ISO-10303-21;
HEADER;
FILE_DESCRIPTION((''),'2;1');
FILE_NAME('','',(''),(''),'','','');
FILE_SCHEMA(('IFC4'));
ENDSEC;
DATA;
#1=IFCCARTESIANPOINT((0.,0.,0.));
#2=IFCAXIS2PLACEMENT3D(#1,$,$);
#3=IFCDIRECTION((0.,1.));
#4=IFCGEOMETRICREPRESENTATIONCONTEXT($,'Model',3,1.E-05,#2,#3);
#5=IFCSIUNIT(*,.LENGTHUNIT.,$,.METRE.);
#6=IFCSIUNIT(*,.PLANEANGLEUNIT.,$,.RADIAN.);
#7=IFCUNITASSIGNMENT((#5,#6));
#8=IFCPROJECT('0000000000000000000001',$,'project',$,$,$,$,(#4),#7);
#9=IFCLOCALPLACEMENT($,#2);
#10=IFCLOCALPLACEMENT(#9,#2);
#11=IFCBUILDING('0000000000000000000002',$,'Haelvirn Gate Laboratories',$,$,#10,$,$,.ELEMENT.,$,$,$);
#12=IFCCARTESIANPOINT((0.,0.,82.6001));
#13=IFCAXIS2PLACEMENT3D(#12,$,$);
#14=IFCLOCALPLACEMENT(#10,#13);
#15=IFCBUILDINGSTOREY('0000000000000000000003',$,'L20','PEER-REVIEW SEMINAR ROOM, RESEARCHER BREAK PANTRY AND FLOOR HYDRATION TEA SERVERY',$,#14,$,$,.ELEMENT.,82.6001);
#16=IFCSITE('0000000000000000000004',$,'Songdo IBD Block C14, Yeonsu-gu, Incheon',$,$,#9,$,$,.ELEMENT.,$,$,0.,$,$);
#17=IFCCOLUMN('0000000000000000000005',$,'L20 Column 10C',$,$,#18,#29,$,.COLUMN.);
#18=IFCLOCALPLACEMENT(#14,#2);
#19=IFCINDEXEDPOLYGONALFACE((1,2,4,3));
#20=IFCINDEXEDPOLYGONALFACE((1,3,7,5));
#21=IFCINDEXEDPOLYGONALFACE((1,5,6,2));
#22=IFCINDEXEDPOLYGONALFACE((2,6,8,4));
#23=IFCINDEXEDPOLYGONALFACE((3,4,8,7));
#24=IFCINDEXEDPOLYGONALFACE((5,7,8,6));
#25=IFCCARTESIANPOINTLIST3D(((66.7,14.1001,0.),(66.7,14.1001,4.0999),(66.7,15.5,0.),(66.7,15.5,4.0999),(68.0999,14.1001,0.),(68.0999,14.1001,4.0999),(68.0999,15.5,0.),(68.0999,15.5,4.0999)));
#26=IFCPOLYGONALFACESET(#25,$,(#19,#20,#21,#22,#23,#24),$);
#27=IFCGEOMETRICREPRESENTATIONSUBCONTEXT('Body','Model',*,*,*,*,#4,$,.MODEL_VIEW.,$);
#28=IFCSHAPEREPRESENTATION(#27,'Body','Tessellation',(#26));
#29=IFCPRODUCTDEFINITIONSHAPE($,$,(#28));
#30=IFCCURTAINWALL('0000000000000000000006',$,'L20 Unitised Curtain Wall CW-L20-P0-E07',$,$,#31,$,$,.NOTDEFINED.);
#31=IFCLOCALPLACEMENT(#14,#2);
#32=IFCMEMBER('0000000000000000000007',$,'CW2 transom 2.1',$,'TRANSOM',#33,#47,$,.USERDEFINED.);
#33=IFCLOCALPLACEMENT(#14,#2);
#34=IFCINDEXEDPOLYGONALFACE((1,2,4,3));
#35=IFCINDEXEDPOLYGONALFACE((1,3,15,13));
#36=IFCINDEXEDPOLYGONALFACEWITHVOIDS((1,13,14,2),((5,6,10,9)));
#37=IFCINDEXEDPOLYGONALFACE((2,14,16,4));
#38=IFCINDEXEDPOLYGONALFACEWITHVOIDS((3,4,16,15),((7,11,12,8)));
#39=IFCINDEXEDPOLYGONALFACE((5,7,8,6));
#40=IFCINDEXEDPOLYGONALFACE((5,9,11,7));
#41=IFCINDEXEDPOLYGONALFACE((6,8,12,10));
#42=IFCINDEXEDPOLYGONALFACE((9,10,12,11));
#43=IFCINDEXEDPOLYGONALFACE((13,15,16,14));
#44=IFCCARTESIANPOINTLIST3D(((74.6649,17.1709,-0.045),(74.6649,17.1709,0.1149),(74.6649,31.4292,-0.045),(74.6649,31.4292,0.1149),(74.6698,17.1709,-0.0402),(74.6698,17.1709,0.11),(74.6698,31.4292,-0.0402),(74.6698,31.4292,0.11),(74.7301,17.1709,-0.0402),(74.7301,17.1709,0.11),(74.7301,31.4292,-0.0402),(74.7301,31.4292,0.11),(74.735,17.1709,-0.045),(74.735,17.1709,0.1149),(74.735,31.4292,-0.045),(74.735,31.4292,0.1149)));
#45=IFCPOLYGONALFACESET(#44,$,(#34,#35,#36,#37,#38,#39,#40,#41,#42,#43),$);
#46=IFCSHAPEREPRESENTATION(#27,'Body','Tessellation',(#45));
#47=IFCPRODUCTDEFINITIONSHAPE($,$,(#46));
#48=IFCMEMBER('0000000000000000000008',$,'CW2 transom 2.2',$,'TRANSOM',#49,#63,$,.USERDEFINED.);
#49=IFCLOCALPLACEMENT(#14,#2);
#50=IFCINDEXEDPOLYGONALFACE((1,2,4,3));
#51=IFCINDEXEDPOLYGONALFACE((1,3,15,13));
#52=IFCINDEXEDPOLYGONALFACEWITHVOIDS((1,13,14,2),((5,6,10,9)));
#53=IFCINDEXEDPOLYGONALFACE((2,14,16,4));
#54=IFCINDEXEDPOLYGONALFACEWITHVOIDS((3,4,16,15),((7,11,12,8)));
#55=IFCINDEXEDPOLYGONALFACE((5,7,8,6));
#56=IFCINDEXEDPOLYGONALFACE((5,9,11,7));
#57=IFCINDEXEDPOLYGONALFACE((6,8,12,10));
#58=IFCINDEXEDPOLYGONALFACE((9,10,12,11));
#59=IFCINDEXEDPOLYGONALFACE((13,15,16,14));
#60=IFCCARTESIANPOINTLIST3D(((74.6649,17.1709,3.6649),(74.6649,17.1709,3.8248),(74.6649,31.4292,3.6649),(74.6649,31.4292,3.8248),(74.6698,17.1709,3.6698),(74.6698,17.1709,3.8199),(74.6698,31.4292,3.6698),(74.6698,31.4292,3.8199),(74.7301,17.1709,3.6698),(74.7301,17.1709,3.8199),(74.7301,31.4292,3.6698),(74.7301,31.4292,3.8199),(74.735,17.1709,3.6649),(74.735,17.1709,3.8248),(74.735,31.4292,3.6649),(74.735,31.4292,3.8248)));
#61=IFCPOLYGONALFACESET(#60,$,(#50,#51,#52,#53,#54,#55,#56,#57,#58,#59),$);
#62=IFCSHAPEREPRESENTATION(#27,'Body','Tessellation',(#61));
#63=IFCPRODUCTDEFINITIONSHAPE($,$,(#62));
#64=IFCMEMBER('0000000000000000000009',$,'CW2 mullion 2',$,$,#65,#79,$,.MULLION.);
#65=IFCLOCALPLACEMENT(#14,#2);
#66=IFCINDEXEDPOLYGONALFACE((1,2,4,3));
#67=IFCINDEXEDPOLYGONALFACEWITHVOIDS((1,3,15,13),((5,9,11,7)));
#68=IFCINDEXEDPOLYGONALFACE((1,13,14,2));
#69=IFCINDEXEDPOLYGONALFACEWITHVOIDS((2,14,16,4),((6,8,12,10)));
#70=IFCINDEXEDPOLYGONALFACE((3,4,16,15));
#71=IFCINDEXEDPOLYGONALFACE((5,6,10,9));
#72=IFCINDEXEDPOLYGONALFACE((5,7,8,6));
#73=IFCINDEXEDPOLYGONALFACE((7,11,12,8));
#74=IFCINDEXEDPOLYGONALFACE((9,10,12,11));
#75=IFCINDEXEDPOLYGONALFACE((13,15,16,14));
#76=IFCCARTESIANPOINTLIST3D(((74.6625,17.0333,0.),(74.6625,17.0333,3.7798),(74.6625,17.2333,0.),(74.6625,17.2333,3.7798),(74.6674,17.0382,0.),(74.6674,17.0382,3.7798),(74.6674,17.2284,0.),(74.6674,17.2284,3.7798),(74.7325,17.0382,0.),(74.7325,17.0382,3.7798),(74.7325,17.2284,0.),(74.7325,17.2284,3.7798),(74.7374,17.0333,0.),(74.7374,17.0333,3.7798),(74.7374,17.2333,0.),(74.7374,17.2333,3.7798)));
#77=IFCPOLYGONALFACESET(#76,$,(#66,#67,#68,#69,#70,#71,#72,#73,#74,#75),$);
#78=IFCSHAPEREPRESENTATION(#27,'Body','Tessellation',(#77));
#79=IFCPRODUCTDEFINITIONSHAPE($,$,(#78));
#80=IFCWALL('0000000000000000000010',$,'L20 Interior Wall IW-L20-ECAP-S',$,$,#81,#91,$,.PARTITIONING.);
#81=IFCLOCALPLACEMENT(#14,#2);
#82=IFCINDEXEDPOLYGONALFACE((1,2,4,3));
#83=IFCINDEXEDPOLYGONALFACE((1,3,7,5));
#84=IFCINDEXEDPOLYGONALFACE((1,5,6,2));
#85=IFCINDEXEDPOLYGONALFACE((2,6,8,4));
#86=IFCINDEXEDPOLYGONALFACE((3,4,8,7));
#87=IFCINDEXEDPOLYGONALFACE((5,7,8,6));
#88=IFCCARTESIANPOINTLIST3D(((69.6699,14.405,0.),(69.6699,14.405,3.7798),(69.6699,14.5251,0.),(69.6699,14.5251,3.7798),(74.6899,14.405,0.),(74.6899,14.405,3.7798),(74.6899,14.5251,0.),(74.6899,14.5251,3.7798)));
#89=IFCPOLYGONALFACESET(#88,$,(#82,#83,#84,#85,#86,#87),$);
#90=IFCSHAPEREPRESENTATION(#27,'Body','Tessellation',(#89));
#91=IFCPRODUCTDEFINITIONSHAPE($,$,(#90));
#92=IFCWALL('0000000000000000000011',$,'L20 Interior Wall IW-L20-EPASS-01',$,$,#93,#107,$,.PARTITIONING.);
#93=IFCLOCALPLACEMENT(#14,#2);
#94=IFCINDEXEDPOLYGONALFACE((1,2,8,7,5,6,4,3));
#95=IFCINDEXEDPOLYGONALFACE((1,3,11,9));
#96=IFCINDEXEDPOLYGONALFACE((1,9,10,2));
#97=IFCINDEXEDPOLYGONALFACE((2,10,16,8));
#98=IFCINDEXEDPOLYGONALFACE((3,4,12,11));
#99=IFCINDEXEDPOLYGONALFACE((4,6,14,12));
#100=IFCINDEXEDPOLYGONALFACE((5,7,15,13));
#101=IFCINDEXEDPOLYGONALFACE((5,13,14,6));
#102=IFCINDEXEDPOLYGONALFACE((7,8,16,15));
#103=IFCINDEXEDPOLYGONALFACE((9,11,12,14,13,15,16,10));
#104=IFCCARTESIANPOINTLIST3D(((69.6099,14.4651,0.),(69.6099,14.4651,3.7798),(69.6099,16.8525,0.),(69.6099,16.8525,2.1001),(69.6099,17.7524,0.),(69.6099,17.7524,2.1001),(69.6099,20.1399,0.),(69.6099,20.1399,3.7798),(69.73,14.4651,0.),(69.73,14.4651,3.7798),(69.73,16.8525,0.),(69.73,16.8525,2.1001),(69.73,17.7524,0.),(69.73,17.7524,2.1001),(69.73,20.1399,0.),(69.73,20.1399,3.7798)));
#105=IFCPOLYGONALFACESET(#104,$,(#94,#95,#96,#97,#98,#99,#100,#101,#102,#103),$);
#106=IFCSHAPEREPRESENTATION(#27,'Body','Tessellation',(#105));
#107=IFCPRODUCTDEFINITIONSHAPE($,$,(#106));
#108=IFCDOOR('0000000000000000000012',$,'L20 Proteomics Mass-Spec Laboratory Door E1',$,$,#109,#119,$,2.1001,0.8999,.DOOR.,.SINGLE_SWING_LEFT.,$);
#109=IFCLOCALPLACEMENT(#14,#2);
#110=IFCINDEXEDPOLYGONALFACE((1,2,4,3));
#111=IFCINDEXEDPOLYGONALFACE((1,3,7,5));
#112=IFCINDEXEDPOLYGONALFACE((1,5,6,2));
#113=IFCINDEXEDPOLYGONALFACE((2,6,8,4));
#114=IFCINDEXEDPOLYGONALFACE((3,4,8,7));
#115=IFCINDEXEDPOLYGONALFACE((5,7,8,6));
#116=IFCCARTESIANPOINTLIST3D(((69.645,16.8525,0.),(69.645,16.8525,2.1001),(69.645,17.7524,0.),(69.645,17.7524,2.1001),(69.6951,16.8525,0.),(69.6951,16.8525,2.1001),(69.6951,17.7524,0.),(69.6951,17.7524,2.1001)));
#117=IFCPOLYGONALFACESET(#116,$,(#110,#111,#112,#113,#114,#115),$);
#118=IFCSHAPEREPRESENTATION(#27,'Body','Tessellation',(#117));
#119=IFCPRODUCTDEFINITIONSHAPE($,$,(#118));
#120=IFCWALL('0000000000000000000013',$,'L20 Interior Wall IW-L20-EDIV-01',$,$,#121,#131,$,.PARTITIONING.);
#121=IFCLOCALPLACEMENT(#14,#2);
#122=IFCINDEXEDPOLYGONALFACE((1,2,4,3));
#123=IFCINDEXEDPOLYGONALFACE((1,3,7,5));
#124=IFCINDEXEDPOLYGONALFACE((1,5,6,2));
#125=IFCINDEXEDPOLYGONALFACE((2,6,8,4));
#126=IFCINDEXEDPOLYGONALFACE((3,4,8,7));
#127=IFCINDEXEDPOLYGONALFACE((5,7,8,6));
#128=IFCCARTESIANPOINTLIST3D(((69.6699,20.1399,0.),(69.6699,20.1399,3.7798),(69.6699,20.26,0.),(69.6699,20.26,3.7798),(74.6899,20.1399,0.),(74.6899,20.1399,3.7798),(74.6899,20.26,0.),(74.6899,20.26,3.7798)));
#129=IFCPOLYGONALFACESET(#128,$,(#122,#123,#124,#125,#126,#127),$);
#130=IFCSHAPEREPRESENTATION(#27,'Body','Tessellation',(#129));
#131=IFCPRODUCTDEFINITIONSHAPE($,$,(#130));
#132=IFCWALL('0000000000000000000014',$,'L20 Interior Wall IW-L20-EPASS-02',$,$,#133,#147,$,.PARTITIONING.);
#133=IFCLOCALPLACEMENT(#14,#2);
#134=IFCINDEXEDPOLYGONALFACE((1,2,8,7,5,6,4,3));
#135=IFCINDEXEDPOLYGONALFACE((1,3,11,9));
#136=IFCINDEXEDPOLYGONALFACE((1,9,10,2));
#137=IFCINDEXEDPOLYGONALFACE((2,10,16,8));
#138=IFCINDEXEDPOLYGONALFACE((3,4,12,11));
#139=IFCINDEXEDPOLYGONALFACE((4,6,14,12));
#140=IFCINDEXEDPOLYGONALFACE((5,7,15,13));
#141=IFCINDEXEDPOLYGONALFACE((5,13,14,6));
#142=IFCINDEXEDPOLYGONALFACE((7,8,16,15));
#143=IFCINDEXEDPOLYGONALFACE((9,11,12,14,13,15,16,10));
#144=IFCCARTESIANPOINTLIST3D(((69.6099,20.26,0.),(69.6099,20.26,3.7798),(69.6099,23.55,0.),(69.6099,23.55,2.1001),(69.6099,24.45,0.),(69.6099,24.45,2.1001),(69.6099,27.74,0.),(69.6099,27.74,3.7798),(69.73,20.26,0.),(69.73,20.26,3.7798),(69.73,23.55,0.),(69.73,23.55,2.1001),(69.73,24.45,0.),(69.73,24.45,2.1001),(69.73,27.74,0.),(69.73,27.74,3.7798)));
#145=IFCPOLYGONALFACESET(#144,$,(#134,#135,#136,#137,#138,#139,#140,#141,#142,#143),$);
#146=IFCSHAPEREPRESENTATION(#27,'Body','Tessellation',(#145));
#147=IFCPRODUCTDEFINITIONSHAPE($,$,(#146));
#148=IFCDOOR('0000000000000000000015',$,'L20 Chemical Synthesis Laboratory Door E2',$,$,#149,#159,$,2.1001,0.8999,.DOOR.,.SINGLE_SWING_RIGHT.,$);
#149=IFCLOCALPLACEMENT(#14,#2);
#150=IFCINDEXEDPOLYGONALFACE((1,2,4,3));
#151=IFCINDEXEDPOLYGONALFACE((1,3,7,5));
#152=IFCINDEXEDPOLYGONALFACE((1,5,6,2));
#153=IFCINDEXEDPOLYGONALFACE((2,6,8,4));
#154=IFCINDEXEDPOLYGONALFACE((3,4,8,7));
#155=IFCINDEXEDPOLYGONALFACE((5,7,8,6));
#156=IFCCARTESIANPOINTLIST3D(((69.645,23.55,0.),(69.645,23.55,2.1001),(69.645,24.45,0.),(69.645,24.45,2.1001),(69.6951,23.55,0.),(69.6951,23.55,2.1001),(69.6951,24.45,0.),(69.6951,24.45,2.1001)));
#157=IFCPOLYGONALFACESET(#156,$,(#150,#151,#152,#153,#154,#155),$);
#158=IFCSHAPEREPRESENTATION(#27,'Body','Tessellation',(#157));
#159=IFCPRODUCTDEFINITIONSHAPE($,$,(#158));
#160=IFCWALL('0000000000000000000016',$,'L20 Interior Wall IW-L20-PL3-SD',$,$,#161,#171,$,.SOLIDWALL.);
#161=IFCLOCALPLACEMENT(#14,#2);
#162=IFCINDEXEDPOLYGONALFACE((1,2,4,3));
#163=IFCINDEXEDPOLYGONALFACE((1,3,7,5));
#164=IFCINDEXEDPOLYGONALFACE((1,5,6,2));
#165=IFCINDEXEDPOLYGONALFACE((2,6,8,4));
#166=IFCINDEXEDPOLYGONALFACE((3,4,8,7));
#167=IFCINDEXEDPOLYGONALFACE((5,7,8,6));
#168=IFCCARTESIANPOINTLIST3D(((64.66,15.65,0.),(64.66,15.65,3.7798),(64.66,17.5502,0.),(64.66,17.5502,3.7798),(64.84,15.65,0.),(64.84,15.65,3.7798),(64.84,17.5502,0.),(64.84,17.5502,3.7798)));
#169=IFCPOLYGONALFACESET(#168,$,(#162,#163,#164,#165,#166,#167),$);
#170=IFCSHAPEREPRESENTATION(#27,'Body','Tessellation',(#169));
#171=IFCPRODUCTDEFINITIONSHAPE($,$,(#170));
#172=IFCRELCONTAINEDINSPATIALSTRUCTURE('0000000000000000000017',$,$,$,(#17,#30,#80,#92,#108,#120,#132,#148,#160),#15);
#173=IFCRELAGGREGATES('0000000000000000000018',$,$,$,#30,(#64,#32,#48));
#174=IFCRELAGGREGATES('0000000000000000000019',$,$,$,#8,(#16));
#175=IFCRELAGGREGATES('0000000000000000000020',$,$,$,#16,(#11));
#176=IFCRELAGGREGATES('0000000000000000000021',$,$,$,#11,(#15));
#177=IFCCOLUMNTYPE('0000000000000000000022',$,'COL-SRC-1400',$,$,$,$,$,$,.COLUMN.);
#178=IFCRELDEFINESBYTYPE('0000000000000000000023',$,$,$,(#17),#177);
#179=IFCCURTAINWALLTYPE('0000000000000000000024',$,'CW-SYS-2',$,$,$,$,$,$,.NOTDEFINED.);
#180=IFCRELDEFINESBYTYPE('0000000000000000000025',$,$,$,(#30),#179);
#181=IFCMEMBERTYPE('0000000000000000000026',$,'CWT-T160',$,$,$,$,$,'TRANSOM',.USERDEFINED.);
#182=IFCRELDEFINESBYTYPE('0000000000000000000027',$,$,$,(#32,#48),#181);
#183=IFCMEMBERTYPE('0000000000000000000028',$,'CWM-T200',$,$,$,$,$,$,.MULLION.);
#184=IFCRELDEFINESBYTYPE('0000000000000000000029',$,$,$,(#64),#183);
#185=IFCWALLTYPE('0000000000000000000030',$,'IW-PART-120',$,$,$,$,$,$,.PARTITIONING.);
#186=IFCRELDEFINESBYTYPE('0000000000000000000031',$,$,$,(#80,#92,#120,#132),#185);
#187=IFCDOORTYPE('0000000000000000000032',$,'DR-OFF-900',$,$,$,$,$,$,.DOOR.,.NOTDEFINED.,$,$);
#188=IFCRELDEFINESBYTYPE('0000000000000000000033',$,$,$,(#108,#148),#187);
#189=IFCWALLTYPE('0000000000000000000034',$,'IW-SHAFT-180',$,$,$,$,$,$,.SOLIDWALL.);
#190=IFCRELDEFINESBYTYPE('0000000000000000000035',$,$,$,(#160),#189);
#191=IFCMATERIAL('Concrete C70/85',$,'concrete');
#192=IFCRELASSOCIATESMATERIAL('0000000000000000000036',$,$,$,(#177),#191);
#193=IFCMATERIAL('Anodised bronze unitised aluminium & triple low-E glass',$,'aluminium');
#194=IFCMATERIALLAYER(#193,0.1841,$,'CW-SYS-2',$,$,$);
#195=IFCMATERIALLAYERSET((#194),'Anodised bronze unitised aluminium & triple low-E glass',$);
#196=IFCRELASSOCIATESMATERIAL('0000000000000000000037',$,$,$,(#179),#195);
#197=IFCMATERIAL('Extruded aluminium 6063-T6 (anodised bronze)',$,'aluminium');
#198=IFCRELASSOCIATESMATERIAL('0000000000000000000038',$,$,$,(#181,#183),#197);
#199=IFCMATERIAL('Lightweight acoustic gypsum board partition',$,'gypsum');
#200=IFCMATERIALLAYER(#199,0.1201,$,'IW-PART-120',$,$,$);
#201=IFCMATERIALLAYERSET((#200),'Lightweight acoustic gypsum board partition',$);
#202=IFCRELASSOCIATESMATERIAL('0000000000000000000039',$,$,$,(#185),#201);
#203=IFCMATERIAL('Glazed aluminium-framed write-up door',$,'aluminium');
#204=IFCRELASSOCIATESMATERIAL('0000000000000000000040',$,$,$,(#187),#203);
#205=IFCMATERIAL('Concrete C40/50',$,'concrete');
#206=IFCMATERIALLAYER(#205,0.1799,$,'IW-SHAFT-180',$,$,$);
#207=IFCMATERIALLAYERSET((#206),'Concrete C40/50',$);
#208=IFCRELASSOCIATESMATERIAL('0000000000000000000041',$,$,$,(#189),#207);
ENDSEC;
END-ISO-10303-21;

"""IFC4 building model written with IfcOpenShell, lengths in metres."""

from ifc_helpers import new_model, si_unit, direction, frame, frame_2d, origin, origin_2d, place, context, subcontext, project, spatial, rectangle, hollow_rectangle, extrude, source, transform, mapped, material, layer, layer_set, material_profile, profile_set, type_object, type_shapes, element, fill, aggregate, save


model = new_model("IFC4")

# Units and contexts
model_context = context("Model", 3, precision=1e-05, world=origin(), true_north=direction((0.0, 1.0)))
body_context = subcontext(model_context, "Body", "Model", "MODEL_VIEW")
ifc_project = project(units=[si_unit("LENGTHUNIT", "METRE"), si_unit("PLANEANGLEUNIT", "RADIAN")], contexts=[model_context])

# Site, building, storey
site_placement = place(None, origin())
site = spatial("IfcSite", under=ifc_project, at=site_placement, Name="Songdo IBD Block C14, Yeonsu-gu, Incheon", CompositionType="ELEMENT", RefElevation=0.0)
building_placement = place(site_placement, origin())
building = spatial("IfcBuilding", under=site, at=building_placement, Name="Haelvirn Gate Laboratories", CompositionType="ELEMENT")
storey_placement = place(building_placement, frame((0.0, 0.0, 82.6001)))
storey = spatial("IfcBuildingStorey", under=building, at=storey_placement, Name="L20", Description="PEER-REVIEW SEMINAR ROOM, RESEARCHER BREAK PANTRY AND FLOOR HYDRATION TEA SERVERY", CompositionType="ELEMENT", Elevation=82.6001)

# Column
ifc_material_1 = material(Name="Concrete C70/85", Category="concrete")
ifc_material_profile_1 = material_profile(ifc_material_1, rectangle(XDim=1.3999, YDim=1.3999, at=origin_2d()), Name="SRC-1400x1400")
ifc_profile_set_1 = profile_set([ifc_material_profile_1], Name="Concrete C70/85")
column_type = type_object("IfcColumnType", Name="COL-SRC-1400", PredefinedType="COLUMN", material=ifc_profile_set_1)
shared_shape_1 = source(origin(), body_context, "Body", "SweptSolid", [
    extrude(rectangle(XDim=1.3999, YDim=1.3999, at=origin_2d()), origin(), (0.0, 0.0, 1.0), 4.0999),
])
type_shapes(column_type, [shared_shape_1])
column_placement = place(storey_placement, frame((67.3999, 14.8, 0.0), z_axis=(0.0, 0.0, 1.0), x_axis=(1.0, 0.0, 0.0)))
element("IfcColumn", 1, at=column_placement, inside=storey, type_object=column_type, Name="L20 Column 10C", PredefinedType="COLUMN", context=body_context, shape_type="MappedRepresentation", body=[
    mapped(shared_shape_1, transform((0.0, 0.0, 0.0), scale=1.0)),
])

# Curtain wall, members
ifc_material_2 = material(Name="Anodised bronze unitised aluminium & triple low-E glass", Category="aluminium")
ifc_layer_1 = layer(ifc_material_2, 0.1841, Name="CW-SYS-2")
ifc_layer_set_1 = layer_set([ifc_layer_1], Name="Anodised bronze unitised aluminium & triple low-E glass")
curtain_wall_type = type_object("IfcCurtainWallType", Name="CW-SYS-2", PredefinedType="NOTDEFINED", material=ifc_layer_set_1)
curtain_wall_placement = place(storey_placement, origin())
curtain_wall = element("IfcCurtainWall", 2, at=curtain_wall_placement, inside=storey, type_object=curtain_wall_type, Name="L20 Unitised Curtain Wall CW-L20-P0-E07", PredefinedType="NOTDEFINED")
ifc_material_3 = material(Name="Extruded aluminium 6063-T6 (anodised bronze)", Category="aluminium")
ifc_material_profile_2 = material_profile(ifc_material_3, hollow_rectangle(XDim=0.0701, YDim=0.1599, WallThickness=0.0049, at=origin_2d()), Name="CWT-160x70x5")
ifc_profile_set_2 = profile_set([ifc_material_profile_2], Name="Extruded aluminium 6063-T6 (anodised bronze)")
member_type_1 = type_object("IfcMemberType", Name="CWT-T160", ElementType="TRANSOM", PredefinedType="USERDEFINED", material=ifc_profile_set_2)
shared_shape_2 = source(origin(), body_context, "Body", "SweptSolid", [
    extrude(hollow_rectangle(XDim=0.0701, YDim=0.1599, WallThickness=0.0049, at=origin_2d()), origin(), (0.0, 0.0, 1.0), 14.2583),
])
type_shapes(member_type_1, [shared_shape_2])
member_1_placement = place(storey_placement, frame((74.7, 17.1709, 0.0349), z_axis=(0.0, 1.0, 0.0), x_axis=(-1.0, 0.0, 0.0)))
member_1 = element("IfcMember", 3, at=member_1_placement, type_object=member_type_1, Name="CW2 transom 2.1", ObjectType="TRANSOM", PredefinedType="USERDEFINED", context=body_context, shape_type="MappedRepresentation", body=[
    mapped(shared_shape_2, transform((0.0, 0.0, 0.0), scale=1.0)),
])
member_2_placement = place(storey_placement, frame((74.7, 17.1709, 3.7449), z_axis=(0.0, 1.0, 0.0), x_axis=(-1.0, 0.0, 0.0)))
member_2 = element("IfcMember", 4, at=member_2_placement, type_object=member_type_1, Name="CW2 transom 2.2", ObjectType="TRANSOM", PredefinedType="USERDEFINED", context=body_context, shape_type="MappedRepresentation", body=[
    mapped(shared_shape_2, transform((0.0, 0.0, 0.0), scale=1.0)),
])
ifc_material_profile_3 = material_profile(ifc_material_3, hollow_rectangle(XDim=0.075, YDim=0.2, WallThickness=0.0049, at=origin_2d()), Name="CWM-200x75x5")
ifc_profile_set_3 = profile_set([ifc_material_profile_3], Name="Extruded aluminium 6063-T6 (anodised bronze)")
member_type_2 = type_object("IfcMemberType", Name="CWM-T200", PredefinedType="MULLION", material=ifc_profile_set_3)
shared_shape_3 = source(origin(), body_context, "Body", "SweptSolid", [
    extrude(hollow_rectangle(XDim=0.075, YDim=0.2, WallThickness=0.0049, at=origin_2d()), origin(), (0.0, 0.0, 1.0), 3.7798),
])
type_shapes(member_type_2, [shared_shape_3])
member_3_placement = place(storey_placement, frame((74.7, 17.1333, 0.0), z_axis=(0.0, 0.0, 1.0), x_axis=(-1.0, 0.0, 0.0)))
member_3 = element("IfcMember", 5, at=member_3_placement, type_object=member_type_2, Name="CW2 mullion 2", PredefinedType="MULLION", context=body_context, shape_type="MappedRepresentation", body=[
    mapped(shared_shape_3, transform((0.0, 0.0, 0.0), scale=1.0)),
])
aggregate(curtain_wall, [member_3, member_1, member_2])

# Wall
ifc_material_4 = material(Name="Lightweight acoustic gypsum board partition", Category="gypsum")
ifc_layer_2 = layer(ifc_material_4, 0.1201, Name="IW-PART-120")
ifc_layer_set_2 = layer_set([ifc_layer_2], Name="Lightweight acoustic gypsum board partition")
wall_type_1 = type_object("IfcWallType", Name="IW-PART-120", PredefinedType="PARTITIONING", material=ifc_layer_set_2)
wall_1_placement = place(storey_placement, frame((69.6699, 14.4651, 0.0), z_axis=(0.0, 0.0, 1.0), x_axis=(1.0, 0.0, 0.0)))
element("IfcWall", 6, at=wall_1_placement, inside=storey, type_object=wall_type_1, Name="L20 Interior Wall IW-L20-ECAP-S", PredefinedType="PARTITIONING", context=body_context, shape_type="SweptSolid", body=[
    extrude(rectangle(XDim=5.02, YDim=0.1201, at=frame_2d((2.51, 0.0))), origin(), (0.0, 0.0, 1.0), 3.7798),
])

# Wall, opening, door
wall_2_placement = place(storey_placement, frame((69.6699, 14.4651, 0.0), z_axis=(0.0, 0.0, 1.0), x_axis=(0.0, 1.0, 0.0)))
wall_2 = element("IfcWall", 7, at=wall_2_placement, inside=storey, type_object=wall_type_1, Name="L20 Interior Wall IW-L20-EPASS-01", PredefinedType="PARTITIONING", context=body_context, shape_type="SweptSolid", body=[
    extrude(rectangle(XDim=5.6748, YDim=0.1201, at=frame_2d((2.8374, 0.0))), origin(), (0.0, 0.0, 1.0), 3.7798),
])
opening_1_placement = place(wall_2_placement, frame((2.3875, 0.0, 0.0)))
opening_1 = element("IfcOpeningElement", 8, at=opening_1_placement, cuts=wall_2, PredefinedType="OPENING", context=body_context, shape_type="SweptSolid", body=[
    extrude(rectangle(XDim=0.8999, YDim=2.1001, at=frame_2d((0.45, 1.05))), frame((0.0, 0.0701, 0.0), z_axis=(0.0, -1.0, 0.0), x_axis=(1.0, 0.0, 0.0)), (0.0, 0.0, 1.0), 0.1401),
])
ifc_material_5 = material(Name="Glazed aluminium-framed write-up door", Category="aluminium")
door_type_1 = type_object("IfcDoorType", Name="DR-OFF-900", OperationType="NOTDEFINED", PredefinedType="DOOR", material=ifc_material_5)
shared_shape_4 = source(origin(), body_context, "Body", "SweptSolid", [
    extrude(rectangle(XDim=0.8999, YDim=2.1001, at=frame_2d((0.45, 1.05))), frame((0.0, 0.0249, 0.0), z_axis=(0.0, -1.0, 0.0), x_axis=(1.0, 0.0, 0.0)), (0.0, 0.0, 1.0), 0.05),
])
type_shapes(door_type_1, [shared_shape_4])
door_1_placement = place(opening_1_placement, origin())
door_1 = element("IfcDoor", 9, at=door_1_placement, inside=storey, type_object=door_type_1, Name="L20 Proteomics Mass-Spec Laboratory Door E1", OperationType="SINGLE_SWING_LEFT", OverallHeight=2.1001, OverallWidth=0.8999, PredefinedType="DOOR", context=body_context, shape_type="MappedRepresentation", body=[
    mapped(shared_shape_4, transform((0.0, 0.0, 0.0), scale=1.0)),
])
fill(opening_1, door_1)

# Wall
wall_3_placement = place(storey_placement, frame((69.6699, 20.2, 0.0), z_axis=(0.0, 0.0, 1.0), x_axis=(1.0, 0.0, 0.0)))
element("IfcWall", 10, at=wall_3_placement, inside=storey, type_object=wall_type_1, Name="L20 Interior Wall IW-L20-EDIV-01", PredefinedType="PARTITIONING", context=body_context, shape_type="SweptSolid", body=[
    extrude(rectangle(XDim=5.02, YDim=0.1201, at=frame_2d((2.51, 0.0))), origin(), (0.0, 0.0, 1.0), 3.7798),
])

# Wall, opening, door
wall_4_placement = place(storey_placement, frame((69.6699, 20.26, 0.0), z_axis=(0.0, 0.0, 1.0), x_axis=(0.0, 1.0, 0.0)))
wall_4 = element("IfcWall", 11, at=wall_4_placement, inside=storey, type_object=wall_type_1, Name="L20 Interior Wall IW-L20-EPASS-02", PredefinedType="PARTITIONING", context=body_context, shape_type="SweptSolid", body=[
    extrude(rectangle(XDim=7.48, YDim=0.1201, at=frame_2d((3.74, 0.0))), origin(), (0.0, 0.0, 1.0), 3.7798),
])
opening_2_placement = place(wall_4_placement, frame((3.29, 0.0, 0.0)))
opening_2 = element("IfcOpeningElement", 12, at=opening_2_placement, cuts=wall_4, PredefinedType="OPENING", context=body_context, shape_type="SweptSolid", body=[
    extrude(rectangle(XDim=0.8999, YDim=2.1001, at=frame_2d((0.45, 1.05))), frame((0.0, 0.0701, 0.0), z_axis=(0.0, -1.0, 0.0), x_axis=(1.0, 0.0, 0.0)), (0.0, 0.0, 1.0), 0.1401),
])
door_2_placement = place(opening_2_placement, origin())
door_2 = element("IfcDoor", 13, at=door_2_placement, inside=storey, type_object=door_type_1, Name="L20 Chemical Synthesis Laboratory Door E2", OperationType="SINGLE_SWING_RIGHT", OverallHeight=2.1001, OverallWidth=0.8999, PredefinedType="DOOR", context=body_context, shape_type="MappedRepresentation", body=[
    mapped(shared_shape_4, transform((0.0, 0.0, 0.0), scale=1.0)),
])
fill(opening_2, door_2)

# Wall
ifc_material_6 = material(Name="Concrete C40/50", Category="concrete")
ifc_layer_3 = layer(ifc_material_6, 0.1799, Name="IW-SHAFT-180")
ifc_layer_set_3 = layer_set([ifc_layer_3], Name="Concrete C40/50")
wall_type_2 = type_object("IfcWallType", Name="IW-SHAFT-180", PredefinedType="SOLIDWALL", material=ifc_layer_set_3)
for number, where, z_axis, x_axis, name in (
    (14, (64.75, 15.6499, 0.0), (0.0, 0.0, 1.0), (0.0, 1.0, 0.0), "L20 Interior Wall IW-L20-PL3-SD"),
):
    element("IfcWall", number, at=place(storey_placement, frame(where, z_axis=z_axis, x_axis=x_axis)), inside=storey, type_object=wall_type_2, Name=name, PredefinedType="SOLIDWALL", context=body_context, shape_type="SweptSolid", body=[
        extrude(rectangle(XDim=1.9001, YDim=0.1799, at=frame_2d((0.9502, 0.0))), origin(), (0.0, 0.0, 1.0), 3.7798),
    ])

save(model, "model.ifc")
